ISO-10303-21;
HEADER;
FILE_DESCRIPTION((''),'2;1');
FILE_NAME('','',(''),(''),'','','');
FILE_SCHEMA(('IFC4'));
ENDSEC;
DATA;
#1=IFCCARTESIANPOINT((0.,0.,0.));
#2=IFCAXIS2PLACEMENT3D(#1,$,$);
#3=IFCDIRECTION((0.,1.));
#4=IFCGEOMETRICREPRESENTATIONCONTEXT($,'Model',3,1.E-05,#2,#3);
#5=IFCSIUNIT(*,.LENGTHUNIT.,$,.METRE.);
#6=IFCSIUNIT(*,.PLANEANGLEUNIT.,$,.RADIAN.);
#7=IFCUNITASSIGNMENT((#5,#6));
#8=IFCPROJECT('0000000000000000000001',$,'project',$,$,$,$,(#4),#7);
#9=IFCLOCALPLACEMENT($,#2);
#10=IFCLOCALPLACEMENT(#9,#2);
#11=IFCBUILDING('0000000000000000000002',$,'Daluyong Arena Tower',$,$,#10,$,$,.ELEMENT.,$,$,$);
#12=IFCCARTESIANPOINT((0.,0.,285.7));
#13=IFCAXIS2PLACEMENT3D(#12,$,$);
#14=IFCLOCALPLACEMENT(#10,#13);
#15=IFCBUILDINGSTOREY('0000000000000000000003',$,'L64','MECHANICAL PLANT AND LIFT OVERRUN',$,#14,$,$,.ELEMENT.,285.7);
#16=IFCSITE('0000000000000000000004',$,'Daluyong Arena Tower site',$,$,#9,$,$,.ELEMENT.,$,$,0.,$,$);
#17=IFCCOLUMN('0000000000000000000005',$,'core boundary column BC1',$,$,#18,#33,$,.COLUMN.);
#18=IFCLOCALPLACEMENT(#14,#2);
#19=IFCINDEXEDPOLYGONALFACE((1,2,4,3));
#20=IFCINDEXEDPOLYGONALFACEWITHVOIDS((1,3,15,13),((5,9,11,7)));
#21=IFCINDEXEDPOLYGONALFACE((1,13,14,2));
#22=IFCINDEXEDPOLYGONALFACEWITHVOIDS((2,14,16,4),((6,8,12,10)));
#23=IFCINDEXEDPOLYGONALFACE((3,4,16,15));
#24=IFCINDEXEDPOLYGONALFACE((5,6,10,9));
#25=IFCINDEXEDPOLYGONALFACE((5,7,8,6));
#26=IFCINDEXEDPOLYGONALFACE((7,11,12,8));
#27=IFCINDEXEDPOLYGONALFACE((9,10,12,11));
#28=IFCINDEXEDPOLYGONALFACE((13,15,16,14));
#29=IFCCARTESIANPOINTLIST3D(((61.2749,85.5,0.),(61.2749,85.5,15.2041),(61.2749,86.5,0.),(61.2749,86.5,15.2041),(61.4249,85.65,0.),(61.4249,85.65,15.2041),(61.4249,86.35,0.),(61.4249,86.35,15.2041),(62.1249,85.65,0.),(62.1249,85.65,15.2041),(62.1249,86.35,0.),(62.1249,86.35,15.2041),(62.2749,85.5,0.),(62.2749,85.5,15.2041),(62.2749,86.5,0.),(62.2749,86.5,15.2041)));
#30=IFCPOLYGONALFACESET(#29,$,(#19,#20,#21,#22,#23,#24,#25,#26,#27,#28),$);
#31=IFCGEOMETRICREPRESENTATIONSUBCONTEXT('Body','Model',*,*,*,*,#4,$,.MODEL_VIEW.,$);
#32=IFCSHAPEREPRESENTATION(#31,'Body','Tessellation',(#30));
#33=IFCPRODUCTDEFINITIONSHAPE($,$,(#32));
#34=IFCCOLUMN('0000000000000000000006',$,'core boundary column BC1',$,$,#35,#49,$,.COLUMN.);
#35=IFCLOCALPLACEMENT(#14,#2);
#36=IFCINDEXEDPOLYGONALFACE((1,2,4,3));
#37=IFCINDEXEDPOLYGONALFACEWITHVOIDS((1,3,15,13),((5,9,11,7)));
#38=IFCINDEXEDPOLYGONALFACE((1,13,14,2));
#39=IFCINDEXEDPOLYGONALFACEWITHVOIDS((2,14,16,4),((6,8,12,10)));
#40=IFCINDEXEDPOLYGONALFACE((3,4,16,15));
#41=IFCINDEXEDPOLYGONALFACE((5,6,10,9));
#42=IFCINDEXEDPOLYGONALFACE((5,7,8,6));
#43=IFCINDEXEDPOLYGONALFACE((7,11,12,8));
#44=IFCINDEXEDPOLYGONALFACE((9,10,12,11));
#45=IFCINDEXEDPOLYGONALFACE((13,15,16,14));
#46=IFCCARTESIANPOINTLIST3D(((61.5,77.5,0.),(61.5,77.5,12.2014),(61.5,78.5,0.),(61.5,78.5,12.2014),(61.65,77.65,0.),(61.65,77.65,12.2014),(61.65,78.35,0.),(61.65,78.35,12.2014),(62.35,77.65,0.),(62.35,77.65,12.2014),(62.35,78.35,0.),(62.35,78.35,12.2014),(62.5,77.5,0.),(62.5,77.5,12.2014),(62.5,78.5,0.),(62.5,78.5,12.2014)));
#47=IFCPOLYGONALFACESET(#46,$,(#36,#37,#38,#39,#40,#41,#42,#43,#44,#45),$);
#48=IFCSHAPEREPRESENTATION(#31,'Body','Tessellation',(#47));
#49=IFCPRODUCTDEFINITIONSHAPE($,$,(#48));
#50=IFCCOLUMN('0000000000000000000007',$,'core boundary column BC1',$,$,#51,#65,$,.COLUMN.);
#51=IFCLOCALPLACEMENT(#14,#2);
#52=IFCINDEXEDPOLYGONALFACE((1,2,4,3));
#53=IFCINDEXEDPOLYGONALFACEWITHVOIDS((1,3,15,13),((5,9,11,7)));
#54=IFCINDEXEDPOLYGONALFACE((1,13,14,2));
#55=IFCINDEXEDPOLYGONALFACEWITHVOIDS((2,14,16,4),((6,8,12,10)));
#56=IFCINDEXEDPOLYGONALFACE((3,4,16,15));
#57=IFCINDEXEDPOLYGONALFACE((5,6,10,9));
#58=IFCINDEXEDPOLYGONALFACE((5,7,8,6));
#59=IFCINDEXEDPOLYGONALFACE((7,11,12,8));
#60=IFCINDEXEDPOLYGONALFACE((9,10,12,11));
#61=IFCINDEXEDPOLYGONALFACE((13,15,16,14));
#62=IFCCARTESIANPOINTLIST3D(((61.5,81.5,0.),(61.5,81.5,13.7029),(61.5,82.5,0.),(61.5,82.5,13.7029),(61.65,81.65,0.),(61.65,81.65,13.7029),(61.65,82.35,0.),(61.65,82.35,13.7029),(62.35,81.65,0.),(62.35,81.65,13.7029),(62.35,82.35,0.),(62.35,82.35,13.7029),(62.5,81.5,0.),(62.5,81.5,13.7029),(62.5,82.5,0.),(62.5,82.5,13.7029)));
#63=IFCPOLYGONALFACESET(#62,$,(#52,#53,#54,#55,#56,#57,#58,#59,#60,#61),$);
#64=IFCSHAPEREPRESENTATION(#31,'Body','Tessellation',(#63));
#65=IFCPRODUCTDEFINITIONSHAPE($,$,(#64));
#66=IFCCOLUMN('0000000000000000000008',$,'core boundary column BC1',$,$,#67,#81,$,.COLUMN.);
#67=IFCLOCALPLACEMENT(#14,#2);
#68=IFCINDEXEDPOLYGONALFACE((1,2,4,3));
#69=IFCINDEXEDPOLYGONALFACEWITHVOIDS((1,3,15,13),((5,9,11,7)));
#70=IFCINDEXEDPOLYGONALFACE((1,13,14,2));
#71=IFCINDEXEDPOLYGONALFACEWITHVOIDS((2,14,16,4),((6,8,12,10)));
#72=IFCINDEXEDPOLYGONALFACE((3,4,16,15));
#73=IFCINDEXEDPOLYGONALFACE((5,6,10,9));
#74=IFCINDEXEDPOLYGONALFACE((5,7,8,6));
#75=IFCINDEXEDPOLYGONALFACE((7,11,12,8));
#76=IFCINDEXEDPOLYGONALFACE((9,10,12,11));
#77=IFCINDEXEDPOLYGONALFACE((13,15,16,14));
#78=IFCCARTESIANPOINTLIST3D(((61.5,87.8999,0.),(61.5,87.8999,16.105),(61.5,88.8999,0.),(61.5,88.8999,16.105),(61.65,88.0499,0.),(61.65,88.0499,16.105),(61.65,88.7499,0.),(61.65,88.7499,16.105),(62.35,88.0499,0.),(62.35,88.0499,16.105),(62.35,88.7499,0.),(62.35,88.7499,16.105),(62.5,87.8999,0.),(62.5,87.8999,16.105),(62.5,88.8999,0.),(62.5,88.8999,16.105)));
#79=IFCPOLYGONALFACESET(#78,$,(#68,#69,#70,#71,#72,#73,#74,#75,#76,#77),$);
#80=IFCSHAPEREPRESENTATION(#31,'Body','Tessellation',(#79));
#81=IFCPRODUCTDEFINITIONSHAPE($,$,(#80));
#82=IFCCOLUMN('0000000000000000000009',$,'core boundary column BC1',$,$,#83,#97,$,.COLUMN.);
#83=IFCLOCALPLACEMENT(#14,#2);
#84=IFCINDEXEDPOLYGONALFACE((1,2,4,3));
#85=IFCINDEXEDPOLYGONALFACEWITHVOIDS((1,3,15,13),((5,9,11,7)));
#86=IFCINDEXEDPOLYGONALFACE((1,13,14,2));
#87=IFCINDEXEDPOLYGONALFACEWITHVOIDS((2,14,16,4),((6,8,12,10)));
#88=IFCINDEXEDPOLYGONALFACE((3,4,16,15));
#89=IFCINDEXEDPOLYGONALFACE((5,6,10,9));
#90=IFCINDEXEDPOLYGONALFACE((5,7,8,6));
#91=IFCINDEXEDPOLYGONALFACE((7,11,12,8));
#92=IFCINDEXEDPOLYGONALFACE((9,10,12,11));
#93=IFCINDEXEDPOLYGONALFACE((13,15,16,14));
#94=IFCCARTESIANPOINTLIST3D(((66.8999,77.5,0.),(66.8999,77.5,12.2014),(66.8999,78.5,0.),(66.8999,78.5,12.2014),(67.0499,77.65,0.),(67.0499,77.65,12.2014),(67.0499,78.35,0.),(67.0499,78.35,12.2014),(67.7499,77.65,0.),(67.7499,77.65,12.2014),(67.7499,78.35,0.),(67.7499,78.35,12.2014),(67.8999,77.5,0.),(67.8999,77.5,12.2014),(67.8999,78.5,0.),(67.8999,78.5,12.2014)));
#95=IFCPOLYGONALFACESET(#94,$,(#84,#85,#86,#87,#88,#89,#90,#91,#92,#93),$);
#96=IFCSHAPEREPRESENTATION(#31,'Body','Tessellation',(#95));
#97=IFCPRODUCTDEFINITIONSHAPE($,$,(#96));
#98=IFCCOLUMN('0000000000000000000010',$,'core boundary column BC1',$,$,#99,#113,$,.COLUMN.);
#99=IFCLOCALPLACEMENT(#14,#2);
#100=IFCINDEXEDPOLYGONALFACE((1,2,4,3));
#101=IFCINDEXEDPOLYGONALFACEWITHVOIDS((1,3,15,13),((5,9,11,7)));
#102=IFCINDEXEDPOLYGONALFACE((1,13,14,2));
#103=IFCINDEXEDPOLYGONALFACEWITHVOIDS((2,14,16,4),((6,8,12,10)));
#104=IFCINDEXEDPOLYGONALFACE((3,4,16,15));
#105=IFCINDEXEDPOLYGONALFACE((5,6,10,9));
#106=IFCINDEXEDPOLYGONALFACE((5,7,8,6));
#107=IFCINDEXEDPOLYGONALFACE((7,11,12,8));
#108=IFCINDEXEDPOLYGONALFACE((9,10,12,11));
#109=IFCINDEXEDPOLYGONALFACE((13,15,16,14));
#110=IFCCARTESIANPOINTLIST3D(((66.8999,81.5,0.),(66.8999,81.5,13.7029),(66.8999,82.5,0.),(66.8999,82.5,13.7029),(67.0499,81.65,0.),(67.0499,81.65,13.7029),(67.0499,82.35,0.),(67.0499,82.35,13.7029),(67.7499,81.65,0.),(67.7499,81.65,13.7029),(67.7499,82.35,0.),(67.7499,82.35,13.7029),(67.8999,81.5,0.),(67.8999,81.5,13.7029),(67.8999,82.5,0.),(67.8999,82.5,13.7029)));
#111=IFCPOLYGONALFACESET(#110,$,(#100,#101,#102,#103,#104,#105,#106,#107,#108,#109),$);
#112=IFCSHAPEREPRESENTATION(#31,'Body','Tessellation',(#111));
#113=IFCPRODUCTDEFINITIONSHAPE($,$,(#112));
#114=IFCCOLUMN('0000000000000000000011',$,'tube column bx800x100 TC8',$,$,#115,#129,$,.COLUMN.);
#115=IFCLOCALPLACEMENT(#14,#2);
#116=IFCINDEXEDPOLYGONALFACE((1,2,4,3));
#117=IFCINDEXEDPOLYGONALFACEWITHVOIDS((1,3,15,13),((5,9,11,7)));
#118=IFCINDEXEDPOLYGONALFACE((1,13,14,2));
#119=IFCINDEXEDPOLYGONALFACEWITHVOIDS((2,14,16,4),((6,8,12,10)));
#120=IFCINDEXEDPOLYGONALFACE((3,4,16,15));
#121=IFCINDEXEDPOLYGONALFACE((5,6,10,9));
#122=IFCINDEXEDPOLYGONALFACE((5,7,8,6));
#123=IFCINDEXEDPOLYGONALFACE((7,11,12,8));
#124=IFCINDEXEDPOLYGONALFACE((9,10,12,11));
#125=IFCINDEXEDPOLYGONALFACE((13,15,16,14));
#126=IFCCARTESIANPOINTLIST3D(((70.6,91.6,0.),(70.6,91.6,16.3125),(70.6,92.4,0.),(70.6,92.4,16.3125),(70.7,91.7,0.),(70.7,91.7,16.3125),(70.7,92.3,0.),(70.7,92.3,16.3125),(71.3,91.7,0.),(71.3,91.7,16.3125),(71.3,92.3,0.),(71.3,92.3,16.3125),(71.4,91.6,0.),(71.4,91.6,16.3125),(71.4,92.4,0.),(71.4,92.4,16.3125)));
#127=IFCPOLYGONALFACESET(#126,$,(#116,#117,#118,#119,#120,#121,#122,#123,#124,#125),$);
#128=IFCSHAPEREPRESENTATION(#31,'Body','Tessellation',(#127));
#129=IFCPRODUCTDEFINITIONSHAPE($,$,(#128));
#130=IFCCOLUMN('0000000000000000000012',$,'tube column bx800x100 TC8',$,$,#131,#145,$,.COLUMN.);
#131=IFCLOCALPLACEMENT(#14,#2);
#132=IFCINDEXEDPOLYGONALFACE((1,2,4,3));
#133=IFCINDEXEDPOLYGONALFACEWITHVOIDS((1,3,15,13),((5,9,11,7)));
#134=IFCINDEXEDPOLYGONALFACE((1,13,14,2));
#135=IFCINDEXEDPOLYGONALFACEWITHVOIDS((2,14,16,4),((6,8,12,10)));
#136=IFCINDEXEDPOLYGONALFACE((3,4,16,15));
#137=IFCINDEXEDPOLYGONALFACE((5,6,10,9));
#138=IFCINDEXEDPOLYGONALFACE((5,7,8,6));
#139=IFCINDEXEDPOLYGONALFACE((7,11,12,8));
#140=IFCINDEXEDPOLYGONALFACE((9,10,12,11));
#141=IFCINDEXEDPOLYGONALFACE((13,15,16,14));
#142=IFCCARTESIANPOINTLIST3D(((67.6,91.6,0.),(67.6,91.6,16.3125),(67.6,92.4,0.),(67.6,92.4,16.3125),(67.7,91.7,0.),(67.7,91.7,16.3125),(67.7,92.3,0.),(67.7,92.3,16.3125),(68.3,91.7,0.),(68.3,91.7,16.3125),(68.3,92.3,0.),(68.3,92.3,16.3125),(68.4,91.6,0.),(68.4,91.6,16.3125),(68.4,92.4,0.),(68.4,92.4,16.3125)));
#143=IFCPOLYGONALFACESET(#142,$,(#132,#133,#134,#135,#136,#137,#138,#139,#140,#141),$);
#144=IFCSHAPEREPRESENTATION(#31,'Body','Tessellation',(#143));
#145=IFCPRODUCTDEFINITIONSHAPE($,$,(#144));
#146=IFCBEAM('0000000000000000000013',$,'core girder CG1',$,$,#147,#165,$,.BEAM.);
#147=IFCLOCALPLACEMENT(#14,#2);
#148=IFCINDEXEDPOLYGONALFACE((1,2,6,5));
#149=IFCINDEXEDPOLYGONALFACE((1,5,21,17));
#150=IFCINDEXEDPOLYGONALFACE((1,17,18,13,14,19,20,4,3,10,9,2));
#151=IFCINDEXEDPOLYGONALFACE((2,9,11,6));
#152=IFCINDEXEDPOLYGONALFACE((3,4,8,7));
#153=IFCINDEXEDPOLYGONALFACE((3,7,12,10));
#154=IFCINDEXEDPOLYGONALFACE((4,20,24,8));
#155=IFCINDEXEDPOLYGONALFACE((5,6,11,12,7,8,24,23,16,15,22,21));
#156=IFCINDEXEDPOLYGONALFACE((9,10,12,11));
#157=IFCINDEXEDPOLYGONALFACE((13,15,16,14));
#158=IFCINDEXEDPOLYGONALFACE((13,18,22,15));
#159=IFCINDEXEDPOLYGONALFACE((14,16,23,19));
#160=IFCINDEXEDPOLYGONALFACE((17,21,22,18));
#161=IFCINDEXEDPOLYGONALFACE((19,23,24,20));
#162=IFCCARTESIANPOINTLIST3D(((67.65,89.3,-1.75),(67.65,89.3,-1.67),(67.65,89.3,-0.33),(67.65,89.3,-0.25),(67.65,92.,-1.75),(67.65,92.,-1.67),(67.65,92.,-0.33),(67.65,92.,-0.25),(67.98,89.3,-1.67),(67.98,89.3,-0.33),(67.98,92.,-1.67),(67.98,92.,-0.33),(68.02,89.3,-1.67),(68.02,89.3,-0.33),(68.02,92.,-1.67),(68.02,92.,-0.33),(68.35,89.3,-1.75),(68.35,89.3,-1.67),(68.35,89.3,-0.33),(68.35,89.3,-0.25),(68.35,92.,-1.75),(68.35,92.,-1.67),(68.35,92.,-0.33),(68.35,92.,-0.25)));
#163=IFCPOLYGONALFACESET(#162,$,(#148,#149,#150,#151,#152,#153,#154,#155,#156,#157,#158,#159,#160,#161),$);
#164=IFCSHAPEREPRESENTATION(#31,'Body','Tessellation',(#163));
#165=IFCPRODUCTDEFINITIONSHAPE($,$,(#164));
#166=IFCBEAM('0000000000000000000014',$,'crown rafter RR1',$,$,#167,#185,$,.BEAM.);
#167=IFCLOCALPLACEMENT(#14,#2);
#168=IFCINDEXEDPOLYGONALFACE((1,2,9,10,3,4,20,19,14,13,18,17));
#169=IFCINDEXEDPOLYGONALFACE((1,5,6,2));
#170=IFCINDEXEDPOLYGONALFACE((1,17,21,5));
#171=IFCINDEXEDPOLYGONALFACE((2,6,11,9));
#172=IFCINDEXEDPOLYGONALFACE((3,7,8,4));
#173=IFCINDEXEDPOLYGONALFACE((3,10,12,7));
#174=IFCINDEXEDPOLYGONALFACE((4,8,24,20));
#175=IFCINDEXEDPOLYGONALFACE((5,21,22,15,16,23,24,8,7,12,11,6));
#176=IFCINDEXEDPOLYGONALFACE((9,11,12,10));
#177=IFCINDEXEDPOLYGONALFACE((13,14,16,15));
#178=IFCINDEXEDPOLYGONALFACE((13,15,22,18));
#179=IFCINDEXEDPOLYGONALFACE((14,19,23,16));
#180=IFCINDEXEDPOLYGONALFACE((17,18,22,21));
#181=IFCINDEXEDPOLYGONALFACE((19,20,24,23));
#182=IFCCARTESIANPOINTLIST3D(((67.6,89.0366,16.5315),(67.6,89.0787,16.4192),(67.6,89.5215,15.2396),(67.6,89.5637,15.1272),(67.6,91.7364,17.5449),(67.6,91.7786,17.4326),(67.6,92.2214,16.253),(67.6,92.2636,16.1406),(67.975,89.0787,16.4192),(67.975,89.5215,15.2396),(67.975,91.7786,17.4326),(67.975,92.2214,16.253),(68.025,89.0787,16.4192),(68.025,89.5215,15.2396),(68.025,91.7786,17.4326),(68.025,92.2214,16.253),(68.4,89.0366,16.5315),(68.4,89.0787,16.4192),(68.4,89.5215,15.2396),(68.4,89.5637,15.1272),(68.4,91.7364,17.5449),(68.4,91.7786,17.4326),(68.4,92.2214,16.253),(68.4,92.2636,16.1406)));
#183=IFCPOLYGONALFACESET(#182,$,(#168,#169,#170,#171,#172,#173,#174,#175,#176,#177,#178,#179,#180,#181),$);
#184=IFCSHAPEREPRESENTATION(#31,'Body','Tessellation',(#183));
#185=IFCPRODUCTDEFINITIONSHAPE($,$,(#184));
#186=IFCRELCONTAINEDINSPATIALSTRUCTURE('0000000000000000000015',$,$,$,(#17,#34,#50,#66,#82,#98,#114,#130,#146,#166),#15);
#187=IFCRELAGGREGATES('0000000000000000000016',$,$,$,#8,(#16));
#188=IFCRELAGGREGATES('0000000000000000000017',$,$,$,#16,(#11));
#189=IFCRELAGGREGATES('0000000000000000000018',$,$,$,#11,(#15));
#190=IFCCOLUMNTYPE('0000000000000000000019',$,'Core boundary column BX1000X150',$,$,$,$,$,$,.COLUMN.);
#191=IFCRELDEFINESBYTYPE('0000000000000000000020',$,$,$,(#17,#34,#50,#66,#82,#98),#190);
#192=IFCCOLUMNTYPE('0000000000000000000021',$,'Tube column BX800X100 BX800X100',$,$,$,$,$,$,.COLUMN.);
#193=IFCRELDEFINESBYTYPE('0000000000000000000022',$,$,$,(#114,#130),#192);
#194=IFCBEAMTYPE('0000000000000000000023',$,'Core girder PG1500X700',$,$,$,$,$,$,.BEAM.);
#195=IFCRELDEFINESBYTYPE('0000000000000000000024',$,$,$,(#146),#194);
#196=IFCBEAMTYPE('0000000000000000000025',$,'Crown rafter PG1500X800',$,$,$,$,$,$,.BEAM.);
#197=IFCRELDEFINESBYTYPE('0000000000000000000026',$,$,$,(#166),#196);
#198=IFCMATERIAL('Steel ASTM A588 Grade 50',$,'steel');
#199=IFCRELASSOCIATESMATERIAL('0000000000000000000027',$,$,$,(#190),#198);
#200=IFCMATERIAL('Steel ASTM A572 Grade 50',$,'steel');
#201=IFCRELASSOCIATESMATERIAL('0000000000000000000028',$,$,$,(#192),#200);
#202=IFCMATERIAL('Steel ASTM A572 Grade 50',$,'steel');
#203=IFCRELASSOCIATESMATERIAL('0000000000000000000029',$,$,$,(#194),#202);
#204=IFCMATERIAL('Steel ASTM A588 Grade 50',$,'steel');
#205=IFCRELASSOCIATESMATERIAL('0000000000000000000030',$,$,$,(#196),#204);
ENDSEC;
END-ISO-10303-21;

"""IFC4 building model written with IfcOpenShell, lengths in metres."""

from ifc_helpers import new_model, si_unit, direction, frame, origin, origin_2d, place, context, subcontext, project, spatial, hollow_rectangle, i_section, extrude, material, material_profile, profile_set, type_object, element, save


model = new_model("IFC4")

# Units and contexts
model_context = context("Model", 3, precision=1e-05, world=origin(), true_north=direction((0.0, 1.0)))
body_context = subcontext(model_context, "Body", "Model", "MODEL_VIEW")
ifc_project = project(units=[si_unit("LENGTHUNIT", "METRE"), si_unit("PLANEANGLEUNIT", "RADIAN")], contexts=[model_context])

# Site, building, storey
site_placement = place(None, origin())
site = spatial("IfcSite", under=ifc_project, at=site_placement, Name="Daluyong Arena Tower site", CompositionType="ELEMENT", RefElevation=0.0)
building_placement = place(site_placement, origin())
building = spatial("IfcBuilding", under=site, at=building_placement, Name="Daluyong Arena Tower", CompositionType="ELEMENT")
storey_placement = place(building_placement, frame((0.0, 0.0, 285.7)))
storey = spatial("IfcBuildingStorey", under=building, at=storey_placement, Name="L64", Description="MECHANICAL PLANT AND LIFT OVERRUN", CompositionType="ELEMENT", Elevation=285.7)

# Columns
ifc_material_1 = material(Name="Steel ASTM A588 Grade 50", Category="steel")
ifc_material_profile_1 = material_profile(ifc_material_1, hollow_rectangle(XDim=1.0, YDim=1.0, WallThickness=0.15, at=origin_2d()))
ifc_profile_set_1 = profile_set([ifc_material_profile_1], Name="Steel ASTM A588 Grade 50")
column_type_1 = type_object("IfcColumnType", Name="Core boundary column BX1000X150", PredefinedType="COLUMN", material=ifc_profile_set_1)
column_1_placement = place(storey_placement, frame((61.7749, 86.0, 0.0), z_axis=(0.0, 0.0, 1.0), x_axis=(1.0, 0.0, 0.0)))
element("IfcColumn", 1, at=column_1_placement, inside=storey, type_object=column_type_1, Name="core boundary column BC1", PredefinedType="COLUMN", context=body_context, shape_type="SweptSolid", body=[
    extrude(hollow_rectangle(XDim=1.0, YDim=1.0, WallThickness=0.15, at=origin_2d()), origin(), (0.0, 0.0, 1.0), 15.2041),
])
column_2_placement = place(storey_placement, frame((62.0, 78.0, 0.0), z_axis=(0.0, 0.0, 1.0), x_axis=(1.0, 0.0, 0.0)))
element("IfcColumn", 2, at=column_2_placement, inside=storey, type_object=column_type_1, Name="core boundary column BC1", PredefinedType="COLUMN", context=body_context, shape_type="SweptSolid", body=[
    extrude(hollow_rectangle(XDim=1.0, YDim=1.0, WallThickness=0.15, at=origin_2d()), origin(), (0.0, 0.0, 1.0), 12.2014),
])
column_3_placement = place(storey_placement, frame((62.0, 82.0, 0.0), z_axis=(0.0, 0.0, 1.0), x_axis=(1.0, 0.0, 0.0)))
element("IfcColumn", 3, at=column_3_placement, inside=storey, type_object=column_type_1, Name="core boundary column BC1", PredefinedType="COLUMN", context=body_context, shape_type="SweptSolid", body=[
    extrude(hollow_rectangle(XDim=1.0, YDim=1.0, WallThickness=0.15, at=origin_2d()), origin(), (0.0, 0.0, 1.0), 13.7029),
])
column_4_placement = place(storey_placement, frame((62.0, 88.3999, 0.0), z_axis=(0.0, 0.0, 1.0), x_axis=(1.0, 0.0, 0.0)))
element("IfcColumn", 4, at=column_4_placement, inside=storey, type_object=column_type_1, Name="core boundary column BC1", PredefinedType="COLUMN", context=body_context, shape_type="SweptSolid", body=[
    extrude(hollow_rectangle(XDim=1.0, YDim=1.0, WallThickness=0.15, at=origin_2d()), origin(), (0.0, 0.0, 1.0), 16.105),
])
column_5_placement = place(storey_placement, frame((67.3999, 78.0, 0.0), z_axis=(0.0, 0.0, 1.0), x_axis=(1.0, 0.0, 0.0)))
element("IfcColumn", 5, at=column_5_placement, inside=storey, type_object=column_type_1, Name="core boundary column BC1", PredefinedType="COLUMN", context=body_context, shape_type="SweptSolid", body=[
    extrude(hollow_rectangle(XDim=1.0, YDim=1.0, WallThickness=0.15, at=origin_2d()), origin(), (0.0, 0.0, 1.0), 12.2014),
])
column_6_placement = place(storey_placement, frame((67.3999, 82.0, 0.0), z_axis=(0.0, 0.0, 1.0), x_axis=(1.0, 0.0, 0.0)))
element("IfcColumn", 6, at=column_6_placement, inside=storey, type_object=column_type_1, Name="core boundary column BC1", PredefinedType="COLUMN", context=body_context, shape_type="SweptSolid", body=[
    extrude(hollow_rectangle(XDim=1.0, YDim=1.0, WallThickness=0.15, at=origin_2d()), origin(), (0.0, 0.0, 1.0), 13.7029),
])
ifc_material_2 = material(Name="Steel ASTM A572 Grade 50", Category="steel")
ifc_material_profile_2 = material_profile(ifc_material_2, hollow_rectangle(XDim=0.8, YDim=0.8, WallThickness=0.1, at=origin_2d()))
ifc_profile_set_2 = profile_set([ifc_material_profile_2], Name="Steel ASTM A572 Grade 50")
column_type_2 = type_object("IfcColumnType", Name="Tube column BX800X100 BX800X100", PredefinedType="COLUMN", material=ifc_profile_set_2)
for number, where, z_axis, x_axis, name in (
    (7, (71.0, 92.0, 0.0), (0.0, 0.0, 1.0), (1.0, 0.0, 0.0), "tube column bx800x100 TC8"),
    (8, (68.0, 92.0, 0.0), (0.0, 0.0, 1.0), (0.0, 1.0, 0.0), "tube column bx800x100 TC8"),
):
    element("IfcColumn", number, at=place(storey_placement, frame(where, z_axis=z_axis, x_axis=x_axis)), inside=storey, type_object=column_type_2, Name=name, PredefinedType="COLUMN", context=body_context, shape_type="SweptSolid", body=[
        extrude(hollow_rectangle(XDim=0.8, YDim=0.8, WallThickness=0.1, at=origin_2d()), origin(), (0.0, 0.0, 1.0), 16.3125),
    ])

# Beams
ifc_material_3 = material(Name="Steel ASTM A572 Grade 50", Category="steel")
ifc_material_profile_3 = material_profile(ifc_material_3, i_section(OverallWidth=0.7, OverallDepth=1.5, WebThickness=0.04, FlangeThickness=0.08, at=origin_2d()))
ifc_profile_set_3 = profile_set([ifc_material_profile_3], Name="Steel ASTM A572 Grade 50")
beam_type_1 = type_object("IfcBeamType", Name="Core girder PG1500X700", PredefinedType="BEAM", material=ifc_profile_set_3)
beam_1_placement = place(storey_placement, frame((68.0, 92.0, -1.0), z_axis=(0.0, -1.0, 0.0), x_axis=(1.0, 0.0, 0.0)))
element("IfcBeam", 9, at=beam_1_placement, inside=storey, type_object=beam_type_1, Name="core girder CG1", PredefinedType="BEAM", context=body_context, shape_type="SweptSolid", body=[
    extrude(i_section(OverallWidth=0.7, OverallDepth=1.5, WebThickness=0.04, FlangeThickness=0.08, at=origin_2d()), origin(), (0.0, 0.0, 1.0), 2.7),
])
ifc_material_4 = material(Name="Steel ASTM A588 Grade 50", Category="steel")
ifc_material_profile_4 = material_profile(ifc_material_4, i_section(OverallWidth=0.8, OverallDepth=1.5, WebThickness=0.05, FlangeThickness=0.12, at=origin_2d()))
ifc_profile_set_4 = profile_set([ifc_material_profile_4], Name="Steel ASTM A588 Grade 50")
beam_type_2 = type_object("IfcBeamType", Name="Crown rafter PG1500X800", PredefinedType="BEAM", material=ifc_profile_set_4)
beam_2_placement = place(storey_placement, frame((68.0, 92.0, 16.8428), z_axis=(0.0, -0.936221, -0.351411), x_axis=(1.0, 0.0, 0.0)))
element("IfcBeam", 10, at=beam_2_placement, inside=storey, type_object=beam_type_2, Name="crown rafter RR1", PredefinedType="BEAM", context=body_context, shape_type="SweptSolid", body=[
    extrude(i_section(OverallWidth=0.8, OverallDepth=1.5, WebThickness=0.05, FlangeThickness=0.12, at=origin_2d()), origin(), (0.0, 0.0, 1.0), 2.8838),
])

save(model, "model.ifc")
